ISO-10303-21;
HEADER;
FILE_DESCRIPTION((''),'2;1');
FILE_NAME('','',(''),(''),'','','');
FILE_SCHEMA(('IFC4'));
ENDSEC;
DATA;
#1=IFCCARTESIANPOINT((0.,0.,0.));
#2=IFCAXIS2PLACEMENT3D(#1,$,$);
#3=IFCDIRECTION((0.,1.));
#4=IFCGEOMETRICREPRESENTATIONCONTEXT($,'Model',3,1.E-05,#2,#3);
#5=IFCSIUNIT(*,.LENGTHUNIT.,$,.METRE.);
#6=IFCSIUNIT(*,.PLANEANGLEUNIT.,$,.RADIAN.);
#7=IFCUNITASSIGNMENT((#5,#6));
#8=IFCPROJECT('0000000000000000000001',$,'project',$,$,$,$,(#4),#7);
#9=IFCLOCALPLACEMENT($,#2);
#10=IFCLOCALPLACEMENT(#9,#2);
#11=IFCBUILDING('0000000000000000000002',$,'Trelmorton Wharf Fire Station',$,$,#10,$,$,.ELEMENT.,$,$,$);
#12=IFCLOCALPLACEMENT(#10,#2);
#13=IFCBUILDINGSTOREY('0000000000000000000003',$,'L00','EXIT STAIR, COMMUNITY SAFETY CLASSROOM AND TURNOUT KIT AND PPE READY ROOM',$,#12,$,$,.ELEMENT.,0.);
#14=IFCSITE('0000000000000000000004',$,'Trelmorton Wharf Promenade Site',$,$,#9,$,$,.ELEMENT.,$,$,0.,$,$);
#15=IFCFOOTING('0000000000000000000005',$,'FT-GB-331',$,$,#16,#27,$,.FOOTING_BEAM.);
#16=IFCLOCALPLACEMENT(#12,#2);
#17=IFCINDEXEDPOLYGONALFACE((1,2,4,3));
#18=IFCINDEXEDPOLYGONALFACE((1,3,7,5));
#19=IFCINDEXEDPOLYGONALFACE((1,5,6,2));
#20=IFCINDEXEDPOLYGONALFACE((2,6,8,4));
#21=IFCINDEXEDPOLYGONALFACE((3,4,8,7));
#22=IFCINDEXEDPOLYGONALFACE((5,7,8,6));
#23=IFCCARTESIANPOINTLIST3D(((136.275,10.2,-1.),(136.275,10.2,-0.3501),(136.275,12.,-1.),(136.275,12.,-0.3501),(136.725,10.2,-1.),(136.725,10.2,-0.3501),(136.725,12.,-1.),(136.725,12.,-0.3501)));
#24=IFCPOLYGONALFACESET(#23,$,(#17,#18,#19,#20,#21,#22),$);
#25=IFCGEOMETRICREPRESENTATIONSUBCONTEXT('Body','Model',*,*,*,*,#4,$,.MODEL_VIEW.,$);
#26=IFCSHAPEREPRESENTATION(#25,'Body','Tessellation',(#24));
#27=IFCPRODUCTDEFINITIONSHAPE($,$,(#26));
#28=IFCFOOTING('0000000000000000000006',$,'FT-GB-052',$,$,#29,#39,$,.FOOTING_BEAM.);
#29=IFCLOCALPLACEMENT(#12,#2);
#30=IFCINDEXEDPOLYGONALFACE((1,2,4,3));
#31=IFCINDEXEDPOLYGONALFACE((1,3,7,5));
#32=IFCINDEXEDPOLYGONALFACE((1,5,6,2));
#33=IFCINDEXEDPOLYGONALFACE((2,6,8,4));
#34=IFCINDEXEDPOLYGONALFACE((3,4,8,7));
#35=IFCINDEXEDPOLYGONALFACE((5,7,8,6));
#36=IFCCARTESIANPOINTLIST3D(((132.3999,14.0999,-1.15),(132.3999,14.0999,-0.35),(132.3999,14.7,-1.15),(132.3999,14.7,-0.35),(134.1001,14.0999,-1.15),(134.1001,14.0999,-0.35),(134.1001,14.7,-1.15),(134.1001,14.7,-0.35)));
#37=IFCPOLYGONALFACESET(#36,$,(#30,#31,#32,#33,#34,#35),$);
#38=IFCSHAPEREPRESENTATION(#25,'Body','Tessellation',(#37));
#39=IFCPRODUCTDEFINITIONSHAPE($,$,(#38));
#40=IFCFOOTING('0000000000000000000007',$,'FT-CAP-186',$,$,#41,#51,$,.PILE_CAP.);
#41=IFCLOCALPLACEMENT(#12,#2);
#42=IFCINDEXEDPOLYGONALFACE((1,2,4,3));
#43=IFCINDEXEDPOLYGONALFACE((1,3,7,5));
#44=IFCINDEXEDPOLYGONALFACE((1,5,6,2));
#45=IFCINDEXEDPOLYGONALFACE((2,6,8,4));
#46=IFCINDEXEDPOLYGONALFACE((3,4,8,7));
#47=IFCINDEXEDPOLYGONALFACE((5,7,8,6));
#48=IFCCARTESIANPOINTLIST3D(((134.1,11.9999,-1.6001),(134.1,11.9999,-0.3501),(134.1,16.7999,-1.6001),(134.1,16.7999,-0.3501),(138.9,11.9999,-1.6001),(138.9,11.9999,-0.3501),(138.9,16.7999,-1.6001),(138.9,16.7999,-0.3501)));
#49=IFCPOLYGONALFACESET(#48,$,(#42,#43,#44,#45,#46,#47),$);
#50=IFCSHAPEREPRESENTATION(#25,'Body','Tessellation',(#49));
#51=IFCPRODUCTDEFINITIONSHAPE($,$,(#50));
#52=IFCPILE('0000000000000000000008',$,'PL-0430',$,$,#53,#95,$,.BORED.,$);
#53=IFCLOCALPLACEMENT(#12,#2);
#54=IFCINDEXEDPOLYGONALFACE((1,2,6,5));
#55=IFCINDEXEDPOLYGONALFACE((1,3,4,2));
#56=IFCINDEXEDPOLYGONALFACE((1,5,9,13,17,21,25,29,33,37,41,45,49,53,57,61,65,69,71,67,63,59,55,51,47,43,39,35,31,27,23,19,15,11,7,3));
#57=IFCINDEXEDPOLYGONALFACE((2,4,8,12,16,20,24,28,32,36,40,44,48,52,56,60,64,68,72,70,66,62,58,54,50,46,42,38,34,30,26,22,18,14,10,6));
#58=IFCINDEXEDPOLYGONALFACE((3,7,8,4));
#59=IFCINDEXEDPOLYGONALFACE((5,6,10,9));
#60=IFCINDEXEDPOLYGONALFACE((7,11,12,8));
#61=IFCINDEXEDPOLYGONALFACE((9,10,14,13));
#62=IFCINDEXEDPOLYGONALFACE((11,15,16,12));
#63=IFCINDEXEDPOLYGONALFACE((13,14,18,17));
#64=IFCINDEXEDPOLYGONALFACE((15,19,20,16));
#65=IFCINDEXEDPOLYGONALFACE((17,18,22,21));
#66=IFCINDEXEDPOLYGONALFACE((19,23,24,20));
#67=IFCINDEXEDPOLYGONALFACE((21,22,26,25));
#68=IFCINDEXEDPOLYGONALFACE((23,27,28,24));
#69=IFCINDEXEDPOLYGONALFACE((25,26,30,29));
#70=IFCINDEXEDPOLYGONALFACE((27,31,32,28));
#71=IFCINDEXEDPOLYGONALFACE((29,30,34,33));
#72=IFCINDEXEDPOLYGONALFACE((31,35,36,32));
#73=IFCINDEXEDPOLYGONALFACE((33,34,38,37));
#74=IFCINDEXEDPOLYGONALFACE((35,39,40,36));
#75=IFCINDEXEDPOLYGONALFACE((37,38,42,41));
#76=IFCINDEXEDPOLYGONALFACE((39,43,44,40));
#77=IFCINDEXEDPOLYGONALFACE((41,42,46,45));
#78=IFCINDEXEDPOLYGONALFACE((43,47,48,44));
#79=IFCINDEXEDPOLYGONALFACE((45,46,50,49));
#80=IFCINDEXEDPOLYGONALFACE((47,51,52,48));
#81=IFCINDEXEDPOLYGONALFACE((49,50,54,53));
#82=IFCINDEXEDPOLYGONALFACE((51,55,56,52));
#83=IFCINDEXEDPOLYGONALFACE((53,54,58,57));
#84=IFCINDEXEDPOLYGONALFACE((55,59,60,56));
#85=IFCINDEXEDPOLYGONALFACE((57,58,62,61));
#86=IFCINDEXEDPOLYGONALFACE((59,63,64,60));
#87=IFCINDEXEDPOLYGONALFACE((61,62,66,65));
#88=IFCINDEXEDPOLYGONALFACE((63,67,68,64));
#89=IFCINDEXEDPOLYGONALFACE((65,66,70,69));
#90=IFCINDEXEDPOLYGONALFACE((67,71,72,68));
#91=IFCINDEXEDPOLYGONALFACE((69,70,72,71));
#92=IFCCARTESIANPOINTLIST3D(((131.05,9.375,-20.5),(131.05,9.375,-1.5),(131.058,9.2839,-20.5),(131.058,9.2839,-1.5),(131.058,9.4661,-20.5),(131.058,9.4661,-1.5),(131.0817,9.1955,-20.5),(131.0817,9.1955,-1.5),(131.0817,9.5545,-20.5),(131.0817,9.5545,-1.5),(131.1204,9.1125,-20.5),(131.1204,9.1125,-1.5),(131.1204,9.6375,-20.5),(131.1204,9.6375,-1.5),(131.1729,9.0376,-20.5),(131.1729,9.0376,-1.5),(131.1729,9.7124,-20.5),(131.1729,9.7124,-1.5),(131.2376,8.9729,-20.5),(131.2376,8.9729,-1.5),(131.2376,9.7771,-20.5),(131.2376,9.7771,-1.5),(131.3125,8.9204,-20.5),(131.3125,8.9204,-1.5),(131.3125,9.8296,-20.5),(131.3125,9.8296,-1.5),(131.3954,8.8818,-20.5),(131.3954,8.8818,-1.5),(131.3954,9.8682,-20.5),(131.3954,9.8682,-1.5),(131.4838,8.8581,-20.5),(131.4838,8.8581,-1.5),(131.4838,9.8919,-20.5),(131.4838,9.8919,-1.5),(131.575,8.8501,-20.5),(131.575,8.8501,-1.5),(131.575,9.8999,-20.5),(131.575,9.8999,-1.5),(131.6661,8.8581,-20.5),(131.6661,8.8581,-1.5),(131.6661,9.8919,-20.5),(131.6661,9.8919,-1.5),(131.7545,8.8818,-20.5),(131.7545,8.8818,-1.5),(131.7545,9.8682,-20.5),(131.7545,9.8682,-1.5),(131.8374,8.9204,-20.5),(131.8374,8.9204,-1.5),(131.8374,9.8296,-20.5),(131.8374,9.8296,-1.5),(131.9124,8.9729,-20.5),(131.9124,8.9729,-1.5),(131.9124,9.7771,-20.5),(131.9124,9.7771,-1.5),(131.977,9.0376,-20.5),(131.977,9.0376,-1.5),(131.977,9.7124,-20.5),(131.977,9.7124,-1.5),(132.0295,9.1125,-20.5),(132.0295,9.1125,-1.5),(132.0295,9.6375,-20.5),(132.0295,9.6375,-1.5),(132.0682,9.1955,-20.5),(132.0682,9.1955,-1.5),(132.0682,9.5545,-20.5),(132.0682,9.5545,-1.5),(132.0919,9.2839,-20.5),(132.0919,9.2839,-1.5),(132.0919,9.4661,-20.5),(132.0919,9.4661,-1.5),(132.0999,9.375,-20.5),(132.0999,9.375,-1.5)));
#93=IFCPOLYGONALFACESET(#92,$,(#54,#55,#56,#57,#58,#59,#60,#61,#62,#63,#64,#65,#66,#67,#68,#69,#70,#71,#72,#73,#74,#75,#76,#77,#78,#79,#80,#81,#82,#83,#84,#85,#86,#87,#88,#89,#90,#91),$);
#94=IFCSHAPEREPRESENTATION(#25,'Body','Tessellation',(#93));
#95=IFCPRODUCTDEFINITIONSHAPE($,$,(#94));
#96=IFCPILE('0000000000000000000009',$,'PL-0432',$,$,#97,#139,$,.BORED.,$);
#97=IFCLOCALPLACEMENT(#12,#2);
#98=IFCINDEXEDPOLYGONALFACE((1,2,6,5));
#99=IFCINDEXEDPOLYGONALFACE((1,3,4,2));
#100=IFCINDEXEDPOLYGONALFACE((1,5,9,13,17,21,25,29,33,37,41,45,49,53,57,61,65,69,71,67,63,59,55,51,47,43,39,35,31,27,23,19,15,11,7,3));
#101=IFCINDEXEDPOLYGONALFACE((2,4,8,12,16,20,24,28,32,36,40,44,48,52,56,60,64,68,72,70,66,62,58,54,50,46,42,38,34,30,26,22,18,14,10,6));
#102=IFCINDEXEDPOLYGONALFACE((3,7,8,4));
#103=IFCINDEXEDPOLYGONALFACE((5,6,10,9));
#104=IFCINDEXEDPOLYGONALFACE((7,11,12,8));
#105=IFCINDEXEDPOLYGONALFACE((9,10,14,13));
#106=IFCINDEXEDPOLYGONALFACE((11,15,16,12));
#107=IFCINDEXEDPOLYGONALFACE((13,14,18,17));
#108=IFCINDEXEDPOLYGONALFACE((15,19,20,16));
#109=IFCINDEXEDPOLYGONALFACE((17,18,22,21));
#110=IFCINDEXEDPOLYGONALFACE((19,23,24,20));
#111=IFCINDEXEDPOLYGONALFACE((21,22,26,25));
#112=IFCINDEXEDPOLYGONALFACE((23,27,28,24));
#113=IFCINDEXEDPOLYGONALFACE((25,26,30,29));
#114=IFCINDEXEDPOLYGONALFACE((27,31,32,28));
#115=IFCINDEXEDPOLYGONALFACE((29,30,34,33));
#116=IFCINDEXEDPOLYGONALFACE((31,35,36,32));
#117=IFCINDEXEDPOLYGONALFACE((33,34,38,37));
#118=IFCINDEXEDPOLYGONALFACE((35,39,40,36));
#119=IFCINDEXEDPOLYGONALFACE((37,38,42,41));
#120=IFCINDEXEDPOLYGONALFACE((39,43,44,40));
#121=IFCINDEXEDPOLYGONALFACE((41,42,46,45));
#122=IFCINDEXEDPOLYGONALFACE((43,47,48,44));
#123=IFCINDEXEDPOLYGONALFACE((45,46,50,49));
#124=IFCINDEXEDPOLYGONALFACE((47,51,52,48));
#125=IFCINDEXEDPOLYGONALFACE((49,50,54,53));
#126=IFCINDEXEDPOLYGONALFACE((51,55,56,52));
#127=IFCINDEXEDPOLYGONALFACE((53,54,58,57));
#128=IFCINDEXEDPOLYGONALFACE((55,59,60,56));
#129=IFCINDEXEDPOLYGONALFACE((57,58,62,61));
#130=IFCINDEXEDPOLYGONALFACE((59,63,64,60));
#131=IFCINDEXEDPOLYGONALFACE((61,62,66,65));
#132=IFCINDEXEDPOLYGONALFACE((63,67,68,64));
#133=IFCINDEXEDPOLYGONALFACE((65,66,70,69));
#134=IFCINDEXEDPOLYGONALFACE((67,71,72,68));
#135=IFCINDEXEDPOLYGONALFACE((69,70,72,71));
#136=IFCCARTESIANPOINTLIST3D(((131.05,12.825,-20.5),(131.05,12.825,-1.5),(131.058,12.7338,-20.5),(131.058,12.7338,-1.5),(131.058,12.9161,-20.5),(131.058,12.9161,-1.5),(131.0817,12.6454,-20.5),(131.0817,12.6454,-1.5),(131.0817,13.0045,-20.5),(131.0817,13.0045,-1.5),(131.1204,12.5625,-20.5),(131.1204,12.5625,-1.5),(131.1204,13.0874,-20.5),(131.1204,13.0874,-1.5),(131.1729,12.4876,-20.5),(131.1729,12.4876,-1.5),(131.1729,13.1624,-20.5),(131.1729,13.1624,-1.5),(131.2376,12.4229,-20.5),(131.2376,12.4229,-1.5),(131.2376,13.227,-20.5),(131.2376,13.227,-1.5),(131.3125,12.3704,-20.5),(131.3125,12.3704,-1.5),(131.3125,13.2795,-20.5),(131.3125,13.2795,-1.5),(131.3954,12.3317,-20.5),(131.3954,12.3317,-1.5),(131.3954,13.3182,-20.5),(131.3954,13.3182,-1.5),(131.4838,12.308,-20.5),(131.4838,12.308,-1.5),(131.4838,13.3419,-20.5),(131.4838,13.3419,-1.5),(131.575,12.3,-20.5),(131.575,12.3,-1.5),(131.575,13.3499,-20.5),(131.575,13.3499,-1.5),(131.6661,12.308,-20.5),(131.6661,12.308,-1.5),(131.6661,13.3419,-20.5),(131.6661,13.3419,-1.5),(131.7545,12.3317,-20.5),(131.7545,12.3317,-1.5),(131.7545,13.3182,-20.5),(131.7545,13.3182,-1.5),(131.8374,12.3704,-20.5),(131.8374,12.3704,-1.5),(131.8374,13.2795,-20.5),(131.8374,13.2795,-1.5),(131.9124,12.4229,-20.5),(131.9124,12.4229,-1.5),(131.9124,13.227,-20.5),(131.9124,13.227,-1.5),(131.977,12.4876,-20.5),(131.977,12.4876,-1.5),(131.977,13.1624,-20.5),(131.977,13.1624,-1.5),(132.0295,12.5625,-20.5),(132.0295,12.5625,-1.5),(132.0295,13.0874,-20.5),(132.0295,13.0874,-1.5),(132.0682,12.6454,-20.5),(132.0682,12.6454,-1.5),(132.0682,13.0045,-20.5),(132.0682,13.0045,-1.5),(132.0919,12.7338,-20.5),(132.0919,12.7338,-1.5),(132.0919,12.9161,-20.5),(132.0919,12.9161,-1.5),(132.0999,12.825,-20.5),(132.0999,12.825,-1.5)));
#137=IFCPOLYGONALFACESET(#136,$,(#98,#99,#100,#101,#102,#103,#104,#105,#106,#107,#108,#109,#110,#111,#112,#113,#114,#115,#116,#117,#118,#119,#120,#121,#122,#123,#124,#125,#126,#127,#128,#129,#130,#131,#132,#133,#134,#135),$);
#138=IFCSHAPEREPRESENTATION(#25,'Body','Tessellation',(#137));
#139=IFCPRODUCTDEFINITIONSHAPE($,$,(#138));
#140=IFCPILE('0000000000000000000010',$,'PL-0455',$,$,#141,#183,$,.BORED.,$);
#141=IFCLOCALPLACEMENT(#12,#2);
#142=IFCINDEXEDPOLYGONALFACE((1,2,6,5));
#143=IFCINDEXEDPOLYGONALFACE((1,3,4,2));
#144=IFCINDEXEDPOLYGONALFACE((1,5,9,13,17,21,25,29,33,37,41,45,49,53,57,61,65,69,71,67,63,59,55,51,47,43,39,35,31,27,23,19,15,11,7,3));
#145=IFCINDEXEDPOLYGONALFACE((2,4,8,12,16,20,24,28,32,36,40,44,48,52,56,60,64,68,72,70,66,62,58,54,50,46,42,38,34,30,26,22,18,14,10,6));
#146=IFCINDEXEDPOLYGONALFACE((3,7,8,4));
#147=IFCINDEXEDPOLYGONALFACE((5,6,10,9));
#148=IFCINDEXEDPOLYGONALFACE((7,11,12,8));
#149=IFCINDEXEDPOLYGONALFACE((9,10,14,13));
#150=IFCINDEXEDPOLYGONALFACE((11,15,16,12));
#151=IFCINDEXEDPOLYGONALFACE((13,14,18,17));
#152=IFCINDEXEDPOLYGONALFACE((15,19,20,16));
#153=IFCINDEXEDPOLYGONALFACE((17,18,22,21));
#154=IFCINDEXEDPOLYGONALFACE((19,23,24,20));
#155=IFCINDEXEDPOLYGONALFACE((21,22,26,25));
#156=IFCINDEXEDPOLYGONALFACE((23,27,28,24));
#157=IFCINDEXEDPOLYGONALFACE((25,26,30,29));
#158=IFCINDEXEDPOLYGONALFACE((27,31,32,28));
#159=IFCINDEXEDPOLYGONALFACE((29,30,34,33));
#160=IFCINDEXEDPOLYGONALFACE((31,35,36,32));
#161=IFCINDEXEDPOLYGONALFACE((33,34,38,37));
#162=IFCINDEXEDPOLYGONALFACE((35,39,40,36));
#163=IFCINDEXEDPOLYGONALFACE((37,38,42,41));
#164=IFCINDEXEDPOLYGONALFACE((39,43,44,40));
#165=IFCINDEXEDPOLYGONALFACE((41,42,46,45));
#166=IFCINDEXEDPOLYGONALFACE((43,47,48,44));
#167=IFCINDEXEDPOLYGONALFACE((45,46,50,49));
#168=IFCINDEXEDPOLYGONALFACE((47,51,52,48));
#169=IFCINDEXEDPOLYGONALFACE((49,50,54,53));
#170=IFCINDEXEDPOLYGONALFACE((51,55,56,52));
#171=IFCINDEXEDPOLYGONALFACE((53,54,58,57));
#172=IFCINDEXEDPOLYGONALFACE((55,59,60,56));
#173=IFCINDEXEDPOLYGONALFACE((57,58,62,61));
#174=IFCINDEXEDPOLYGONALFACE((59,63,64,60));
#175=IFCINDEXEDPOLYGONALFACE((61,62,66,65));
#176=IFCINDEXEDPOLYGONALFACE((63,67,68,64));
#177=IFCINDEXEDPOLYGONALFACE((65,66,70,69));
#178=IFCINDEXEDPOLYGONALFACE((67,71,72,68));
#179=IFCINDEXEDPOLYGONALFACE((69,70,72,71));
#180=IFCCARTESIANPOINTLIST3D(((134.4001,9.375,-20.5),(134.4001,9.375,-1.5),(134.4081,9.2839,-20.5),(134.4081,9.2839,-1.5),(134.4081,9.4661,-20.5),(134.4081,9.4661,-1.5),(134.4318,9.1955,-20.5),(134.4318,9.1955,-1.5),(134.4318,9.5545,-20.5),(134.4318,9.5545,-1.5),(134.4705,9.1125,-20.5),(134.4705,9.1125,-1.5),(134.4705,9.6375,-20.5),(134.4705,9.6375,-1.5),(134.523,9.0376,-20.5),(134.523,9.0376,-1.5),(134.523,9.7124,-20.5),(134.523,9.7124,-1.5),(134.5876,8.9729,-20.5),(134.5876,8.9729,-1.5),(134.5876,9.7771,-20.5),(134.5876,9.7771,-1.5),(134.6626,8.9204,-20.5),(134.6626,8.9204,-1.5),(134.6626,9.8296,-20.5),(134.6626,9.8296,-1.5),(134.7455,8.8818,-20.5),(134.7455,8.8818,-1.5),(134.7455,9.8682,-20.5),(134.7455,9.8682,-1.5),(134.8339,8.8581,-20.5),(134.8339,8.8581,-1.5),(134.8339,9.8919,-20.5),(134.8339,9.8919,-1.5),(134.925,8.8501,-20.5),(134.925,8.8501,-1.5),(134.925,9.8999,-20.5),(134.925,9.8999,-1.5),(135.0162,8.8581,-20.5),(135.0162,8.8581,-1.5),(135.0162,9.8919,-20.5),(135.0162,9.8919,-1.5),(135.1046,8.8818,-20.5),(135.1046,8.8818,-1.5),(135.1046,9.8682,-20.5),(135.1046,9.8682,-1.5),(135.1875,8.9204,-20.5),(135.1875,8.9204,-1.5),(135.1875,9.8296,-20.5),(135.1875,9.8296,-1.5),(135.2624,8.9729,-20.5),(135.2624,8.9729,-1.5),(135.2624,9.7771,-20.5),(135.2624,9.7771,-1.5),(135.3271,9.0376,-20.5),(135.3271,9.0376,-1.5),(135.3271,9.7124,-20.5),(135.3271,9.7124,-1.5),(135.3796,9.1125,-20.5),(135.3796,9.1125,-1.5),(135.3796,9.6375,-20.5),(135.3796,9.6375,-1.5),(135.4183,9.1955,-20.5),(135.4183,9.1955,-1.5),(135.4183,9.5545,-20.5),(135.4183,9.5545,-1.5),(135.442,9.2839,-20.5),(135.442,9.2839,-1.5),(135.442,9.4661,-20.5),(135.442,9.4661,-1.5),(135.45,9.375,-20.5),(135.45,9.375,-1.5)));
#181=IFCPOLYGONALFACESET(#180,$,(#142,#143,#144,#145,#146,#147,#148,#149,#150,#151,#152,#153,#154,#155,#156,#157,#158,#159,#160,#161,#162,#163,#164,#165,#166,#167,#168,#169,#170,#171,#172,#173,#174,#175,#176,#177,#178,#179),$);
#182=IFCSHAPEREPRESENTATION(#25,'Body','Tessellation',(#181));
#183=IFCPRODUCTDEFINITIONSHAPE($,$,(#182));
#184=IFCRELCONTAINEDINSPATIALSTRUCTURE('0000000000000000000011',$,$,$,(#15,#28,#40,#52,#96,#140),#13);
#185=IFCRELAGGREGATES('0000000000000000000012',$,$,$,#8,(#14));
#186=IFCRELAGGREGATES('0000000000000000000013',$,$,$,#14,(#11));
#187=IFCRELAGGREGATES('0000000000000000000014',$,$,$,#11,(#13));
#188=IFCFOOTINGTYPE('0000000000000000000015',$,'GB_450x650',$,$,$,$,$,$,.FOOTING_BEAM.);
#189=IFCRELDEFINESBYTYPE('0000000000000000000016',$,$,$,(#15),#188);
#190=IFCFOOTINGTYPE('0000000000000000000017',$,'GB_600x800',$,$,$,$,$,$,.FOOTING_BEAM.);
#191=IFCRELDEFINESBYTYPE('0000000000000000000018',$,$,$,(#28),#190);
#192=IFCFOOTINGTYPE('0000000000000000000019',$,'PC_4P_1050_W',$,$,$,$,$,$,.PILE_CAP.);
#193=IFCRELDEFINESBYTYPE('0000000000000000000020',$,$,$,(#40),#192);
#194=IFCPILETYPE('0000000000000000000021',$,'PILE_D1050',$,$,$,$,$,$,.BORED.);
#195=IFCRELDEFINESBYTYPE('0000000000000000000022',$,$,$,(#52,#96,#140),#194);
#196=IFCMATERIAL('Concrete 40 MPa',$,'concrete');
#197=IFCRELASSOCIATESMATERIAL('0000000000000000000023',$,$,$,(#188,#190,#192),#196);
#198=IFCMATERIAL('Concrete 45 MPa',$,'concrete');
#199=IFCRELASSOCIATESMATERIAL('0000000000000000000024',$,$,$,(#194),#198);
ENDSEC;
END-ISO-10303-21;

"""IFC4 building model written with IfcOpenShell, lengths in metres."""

from ifc_helpers import new_model, si_unit, direction, frame, origin, origin_2d, place, context, subcontext, project, spatial, rectangle, circle, extrude, material, material_profile, profile_set, type_object, element, save


model = new_model("IFC4")

# Units and contexts
model_context = context("Model", 3, precision=1e-05, world=origin(), true_north=direction((0.0, 1.0)))
body_context = subcontext(model_context, "Body", "Model", "MODEL_VIEW")
ifc_project = project(units=[si_unit("LENGTHUNIT", "METRE"), si_unit("PLANEANGLEUNIT", "RADIAN")], contexts=[model_context])

# Site, building, storey
site_placement = place(None, origin())
site = spatial("IfcSite", under=ifc_project, at=site_placement, Name="Trelmorton Wharf Promenade Site", CompositionType="ELEMENT", RefElevation=0.0)
building_placement = place(site_placement, origin())
building = spatial("IfcBuilding", under=site, at=building_placement, Name="Trelmorton Wharf Fire Station", CompositionType="ELEMENT")
storey_placement = place(building_placement, origin())
storey = spatial("IfcBuildingStorey", under=building, at=storey_placement, Name="L00", Description="EXIT STAIR, COMMUNITY SAFETY CLASSROOM AND TURNOUT KIT AND PPE READY ROOM", CompositionType="ELEMENT", Elevation=0.0)

# Footings
ifc_material_1 = material(Name="Concrete 40 MPa", Category="concrete")
ifc_material_profile_1 = material_profile(ifc_material_1, rectangle(XDim=0.45, YDim=0.6499, at=origin_2d()), Name="RC450x650")
ifc_profile_set_1 = profile_set([ifc_material_profile_1], Name="Concrete 40 MPa")
footing_type_1 = type_object("IfcFootingType", Name="GB_450x650", PredefinedType="FOOTING_BEAM", material=ifc_profile_set_1)
footing_1_placement = place(storey_placement, frame((136.5, 10.2, -0.675), z_axis=(0.0, 1.0, 0.0), x_axis=(-1.0, 0.0, 0.0)))
element("IfcFooting", 1, at=footing_1_placement, inside=storey, type_object=footing_type_1, Name="FT-GB-331", PredefinedType="FOOTING_BEAM", context=body_context, shape_type="SweptSolid", body=[
    extrude(rectangle(XDim=0.45, YDim=0.6499, at=origin_2d()), origin(), (0.0, 0.0, 1.0), 1.8),
])
ifc_material_profile_2 = material_profile(ifc_material_1, rectangle(XDim=0.6001, YDim=0.8, at=origin_2d()), Name="RC600x800")
ifc_profile_set_2 = profile_set([ifc_material_profile_2], Name="Concrete 40 MPa")
footing_type_2 = type_object("IfcFootingType", Name="GB_600x800", PredefinedType="FOOTING_BEAM", material=ifc_profile_set_2)
footing_2_placement = place(storey_placement, frame((132.3999, 14.3999, -0.75), z_axis=(1.0, 0.0, 0.0), x_axis=(0.0, 1.0, 0.0)))
element("IfcFooting", 2, at=footing_2_placement, inside=storey, type_object=footing_type_2, Name="FT-GB-052", PredefinedType="FOOTING_BEAM", context=body_context, shape_type="SweptSolid", body=[
    extrude(rectangle(XDim=0.6001, YDim=0.8, at=origin_2d()), origin(), (0.0, 0.0, 1.0), 1.7002),
])
footing_type_3 = type_object("IfcFootingType", Name="PC_4P_1050_W", PredefinedType="PILE_CAP", material=ifc_material_1)
footing_3_placement = place(storey_placement, frame((136.5, 14.3999, -1.6001), z_axis=(0.0, 0.0, 1.0), x_axis=(1.0, 0.0, 0.0)))
element("IfcFooting", 3, at=footing_3_placement, inside=storey, type_object=footing_type_3, Name="FT-CAP-186", PredefinedType="PILE_CAP", context=body_context, shape_type="SweptSolid", body=[
    extrude(rectangle(XDim=4.8, YDim=4.8, at=origin_2d()), origin(), (0.0, 0.0, 1.0), 1.25),
])

# Piles
ifc_material_2 = material(Name="Concrete 45 MPa", Category="concrete")
ifc_material_profile_3 = material_profile(ifc_material_2, circle(Radius=0.5249, at=origin_2d()), Name="PILE-D1050")
ifc_profile_set_3 = profile_set([ifc_material_profile_3], Name="Concrete 45 MPa")
pile_type = type_object("IfcPileType", Name="PILE_D1050", PredefinedType="BORED", material=ifc_profile_set_3)
for number, where, z_axis, x_axis, name in (
    (4, (131.575, 9.375, -1.5), (0.0, 0.0, -1.0), (1.0, 0.0, 0.0), "PL-0430"),
    (5, (131.575, 12.825, -1.5), (0.0, 0.0, -1.0), (1.0, 0.0, 0.0), "PL-0432"),
    (6, (134.925, 9.375, -1.5), (0.0, 0.0, -1.0), (1.0, 0.0, 0.0), "PL-0455"),
):
    element("IfcPile", number, at=place(storey_placement, frame(where, z_axis=z_axis, x_axis=x_axis)), inside=storey, type_object=pile_type, Name=name, PredefinedType="BORED", context=body_context, shape_type="SweptSolid", body=[
        extrude(circle(Radius=0.5249, at=origin_2d()), origin(), (0.0, 0.0, 1.0), 19.0),
    ])

save(model, "model.ifc")
